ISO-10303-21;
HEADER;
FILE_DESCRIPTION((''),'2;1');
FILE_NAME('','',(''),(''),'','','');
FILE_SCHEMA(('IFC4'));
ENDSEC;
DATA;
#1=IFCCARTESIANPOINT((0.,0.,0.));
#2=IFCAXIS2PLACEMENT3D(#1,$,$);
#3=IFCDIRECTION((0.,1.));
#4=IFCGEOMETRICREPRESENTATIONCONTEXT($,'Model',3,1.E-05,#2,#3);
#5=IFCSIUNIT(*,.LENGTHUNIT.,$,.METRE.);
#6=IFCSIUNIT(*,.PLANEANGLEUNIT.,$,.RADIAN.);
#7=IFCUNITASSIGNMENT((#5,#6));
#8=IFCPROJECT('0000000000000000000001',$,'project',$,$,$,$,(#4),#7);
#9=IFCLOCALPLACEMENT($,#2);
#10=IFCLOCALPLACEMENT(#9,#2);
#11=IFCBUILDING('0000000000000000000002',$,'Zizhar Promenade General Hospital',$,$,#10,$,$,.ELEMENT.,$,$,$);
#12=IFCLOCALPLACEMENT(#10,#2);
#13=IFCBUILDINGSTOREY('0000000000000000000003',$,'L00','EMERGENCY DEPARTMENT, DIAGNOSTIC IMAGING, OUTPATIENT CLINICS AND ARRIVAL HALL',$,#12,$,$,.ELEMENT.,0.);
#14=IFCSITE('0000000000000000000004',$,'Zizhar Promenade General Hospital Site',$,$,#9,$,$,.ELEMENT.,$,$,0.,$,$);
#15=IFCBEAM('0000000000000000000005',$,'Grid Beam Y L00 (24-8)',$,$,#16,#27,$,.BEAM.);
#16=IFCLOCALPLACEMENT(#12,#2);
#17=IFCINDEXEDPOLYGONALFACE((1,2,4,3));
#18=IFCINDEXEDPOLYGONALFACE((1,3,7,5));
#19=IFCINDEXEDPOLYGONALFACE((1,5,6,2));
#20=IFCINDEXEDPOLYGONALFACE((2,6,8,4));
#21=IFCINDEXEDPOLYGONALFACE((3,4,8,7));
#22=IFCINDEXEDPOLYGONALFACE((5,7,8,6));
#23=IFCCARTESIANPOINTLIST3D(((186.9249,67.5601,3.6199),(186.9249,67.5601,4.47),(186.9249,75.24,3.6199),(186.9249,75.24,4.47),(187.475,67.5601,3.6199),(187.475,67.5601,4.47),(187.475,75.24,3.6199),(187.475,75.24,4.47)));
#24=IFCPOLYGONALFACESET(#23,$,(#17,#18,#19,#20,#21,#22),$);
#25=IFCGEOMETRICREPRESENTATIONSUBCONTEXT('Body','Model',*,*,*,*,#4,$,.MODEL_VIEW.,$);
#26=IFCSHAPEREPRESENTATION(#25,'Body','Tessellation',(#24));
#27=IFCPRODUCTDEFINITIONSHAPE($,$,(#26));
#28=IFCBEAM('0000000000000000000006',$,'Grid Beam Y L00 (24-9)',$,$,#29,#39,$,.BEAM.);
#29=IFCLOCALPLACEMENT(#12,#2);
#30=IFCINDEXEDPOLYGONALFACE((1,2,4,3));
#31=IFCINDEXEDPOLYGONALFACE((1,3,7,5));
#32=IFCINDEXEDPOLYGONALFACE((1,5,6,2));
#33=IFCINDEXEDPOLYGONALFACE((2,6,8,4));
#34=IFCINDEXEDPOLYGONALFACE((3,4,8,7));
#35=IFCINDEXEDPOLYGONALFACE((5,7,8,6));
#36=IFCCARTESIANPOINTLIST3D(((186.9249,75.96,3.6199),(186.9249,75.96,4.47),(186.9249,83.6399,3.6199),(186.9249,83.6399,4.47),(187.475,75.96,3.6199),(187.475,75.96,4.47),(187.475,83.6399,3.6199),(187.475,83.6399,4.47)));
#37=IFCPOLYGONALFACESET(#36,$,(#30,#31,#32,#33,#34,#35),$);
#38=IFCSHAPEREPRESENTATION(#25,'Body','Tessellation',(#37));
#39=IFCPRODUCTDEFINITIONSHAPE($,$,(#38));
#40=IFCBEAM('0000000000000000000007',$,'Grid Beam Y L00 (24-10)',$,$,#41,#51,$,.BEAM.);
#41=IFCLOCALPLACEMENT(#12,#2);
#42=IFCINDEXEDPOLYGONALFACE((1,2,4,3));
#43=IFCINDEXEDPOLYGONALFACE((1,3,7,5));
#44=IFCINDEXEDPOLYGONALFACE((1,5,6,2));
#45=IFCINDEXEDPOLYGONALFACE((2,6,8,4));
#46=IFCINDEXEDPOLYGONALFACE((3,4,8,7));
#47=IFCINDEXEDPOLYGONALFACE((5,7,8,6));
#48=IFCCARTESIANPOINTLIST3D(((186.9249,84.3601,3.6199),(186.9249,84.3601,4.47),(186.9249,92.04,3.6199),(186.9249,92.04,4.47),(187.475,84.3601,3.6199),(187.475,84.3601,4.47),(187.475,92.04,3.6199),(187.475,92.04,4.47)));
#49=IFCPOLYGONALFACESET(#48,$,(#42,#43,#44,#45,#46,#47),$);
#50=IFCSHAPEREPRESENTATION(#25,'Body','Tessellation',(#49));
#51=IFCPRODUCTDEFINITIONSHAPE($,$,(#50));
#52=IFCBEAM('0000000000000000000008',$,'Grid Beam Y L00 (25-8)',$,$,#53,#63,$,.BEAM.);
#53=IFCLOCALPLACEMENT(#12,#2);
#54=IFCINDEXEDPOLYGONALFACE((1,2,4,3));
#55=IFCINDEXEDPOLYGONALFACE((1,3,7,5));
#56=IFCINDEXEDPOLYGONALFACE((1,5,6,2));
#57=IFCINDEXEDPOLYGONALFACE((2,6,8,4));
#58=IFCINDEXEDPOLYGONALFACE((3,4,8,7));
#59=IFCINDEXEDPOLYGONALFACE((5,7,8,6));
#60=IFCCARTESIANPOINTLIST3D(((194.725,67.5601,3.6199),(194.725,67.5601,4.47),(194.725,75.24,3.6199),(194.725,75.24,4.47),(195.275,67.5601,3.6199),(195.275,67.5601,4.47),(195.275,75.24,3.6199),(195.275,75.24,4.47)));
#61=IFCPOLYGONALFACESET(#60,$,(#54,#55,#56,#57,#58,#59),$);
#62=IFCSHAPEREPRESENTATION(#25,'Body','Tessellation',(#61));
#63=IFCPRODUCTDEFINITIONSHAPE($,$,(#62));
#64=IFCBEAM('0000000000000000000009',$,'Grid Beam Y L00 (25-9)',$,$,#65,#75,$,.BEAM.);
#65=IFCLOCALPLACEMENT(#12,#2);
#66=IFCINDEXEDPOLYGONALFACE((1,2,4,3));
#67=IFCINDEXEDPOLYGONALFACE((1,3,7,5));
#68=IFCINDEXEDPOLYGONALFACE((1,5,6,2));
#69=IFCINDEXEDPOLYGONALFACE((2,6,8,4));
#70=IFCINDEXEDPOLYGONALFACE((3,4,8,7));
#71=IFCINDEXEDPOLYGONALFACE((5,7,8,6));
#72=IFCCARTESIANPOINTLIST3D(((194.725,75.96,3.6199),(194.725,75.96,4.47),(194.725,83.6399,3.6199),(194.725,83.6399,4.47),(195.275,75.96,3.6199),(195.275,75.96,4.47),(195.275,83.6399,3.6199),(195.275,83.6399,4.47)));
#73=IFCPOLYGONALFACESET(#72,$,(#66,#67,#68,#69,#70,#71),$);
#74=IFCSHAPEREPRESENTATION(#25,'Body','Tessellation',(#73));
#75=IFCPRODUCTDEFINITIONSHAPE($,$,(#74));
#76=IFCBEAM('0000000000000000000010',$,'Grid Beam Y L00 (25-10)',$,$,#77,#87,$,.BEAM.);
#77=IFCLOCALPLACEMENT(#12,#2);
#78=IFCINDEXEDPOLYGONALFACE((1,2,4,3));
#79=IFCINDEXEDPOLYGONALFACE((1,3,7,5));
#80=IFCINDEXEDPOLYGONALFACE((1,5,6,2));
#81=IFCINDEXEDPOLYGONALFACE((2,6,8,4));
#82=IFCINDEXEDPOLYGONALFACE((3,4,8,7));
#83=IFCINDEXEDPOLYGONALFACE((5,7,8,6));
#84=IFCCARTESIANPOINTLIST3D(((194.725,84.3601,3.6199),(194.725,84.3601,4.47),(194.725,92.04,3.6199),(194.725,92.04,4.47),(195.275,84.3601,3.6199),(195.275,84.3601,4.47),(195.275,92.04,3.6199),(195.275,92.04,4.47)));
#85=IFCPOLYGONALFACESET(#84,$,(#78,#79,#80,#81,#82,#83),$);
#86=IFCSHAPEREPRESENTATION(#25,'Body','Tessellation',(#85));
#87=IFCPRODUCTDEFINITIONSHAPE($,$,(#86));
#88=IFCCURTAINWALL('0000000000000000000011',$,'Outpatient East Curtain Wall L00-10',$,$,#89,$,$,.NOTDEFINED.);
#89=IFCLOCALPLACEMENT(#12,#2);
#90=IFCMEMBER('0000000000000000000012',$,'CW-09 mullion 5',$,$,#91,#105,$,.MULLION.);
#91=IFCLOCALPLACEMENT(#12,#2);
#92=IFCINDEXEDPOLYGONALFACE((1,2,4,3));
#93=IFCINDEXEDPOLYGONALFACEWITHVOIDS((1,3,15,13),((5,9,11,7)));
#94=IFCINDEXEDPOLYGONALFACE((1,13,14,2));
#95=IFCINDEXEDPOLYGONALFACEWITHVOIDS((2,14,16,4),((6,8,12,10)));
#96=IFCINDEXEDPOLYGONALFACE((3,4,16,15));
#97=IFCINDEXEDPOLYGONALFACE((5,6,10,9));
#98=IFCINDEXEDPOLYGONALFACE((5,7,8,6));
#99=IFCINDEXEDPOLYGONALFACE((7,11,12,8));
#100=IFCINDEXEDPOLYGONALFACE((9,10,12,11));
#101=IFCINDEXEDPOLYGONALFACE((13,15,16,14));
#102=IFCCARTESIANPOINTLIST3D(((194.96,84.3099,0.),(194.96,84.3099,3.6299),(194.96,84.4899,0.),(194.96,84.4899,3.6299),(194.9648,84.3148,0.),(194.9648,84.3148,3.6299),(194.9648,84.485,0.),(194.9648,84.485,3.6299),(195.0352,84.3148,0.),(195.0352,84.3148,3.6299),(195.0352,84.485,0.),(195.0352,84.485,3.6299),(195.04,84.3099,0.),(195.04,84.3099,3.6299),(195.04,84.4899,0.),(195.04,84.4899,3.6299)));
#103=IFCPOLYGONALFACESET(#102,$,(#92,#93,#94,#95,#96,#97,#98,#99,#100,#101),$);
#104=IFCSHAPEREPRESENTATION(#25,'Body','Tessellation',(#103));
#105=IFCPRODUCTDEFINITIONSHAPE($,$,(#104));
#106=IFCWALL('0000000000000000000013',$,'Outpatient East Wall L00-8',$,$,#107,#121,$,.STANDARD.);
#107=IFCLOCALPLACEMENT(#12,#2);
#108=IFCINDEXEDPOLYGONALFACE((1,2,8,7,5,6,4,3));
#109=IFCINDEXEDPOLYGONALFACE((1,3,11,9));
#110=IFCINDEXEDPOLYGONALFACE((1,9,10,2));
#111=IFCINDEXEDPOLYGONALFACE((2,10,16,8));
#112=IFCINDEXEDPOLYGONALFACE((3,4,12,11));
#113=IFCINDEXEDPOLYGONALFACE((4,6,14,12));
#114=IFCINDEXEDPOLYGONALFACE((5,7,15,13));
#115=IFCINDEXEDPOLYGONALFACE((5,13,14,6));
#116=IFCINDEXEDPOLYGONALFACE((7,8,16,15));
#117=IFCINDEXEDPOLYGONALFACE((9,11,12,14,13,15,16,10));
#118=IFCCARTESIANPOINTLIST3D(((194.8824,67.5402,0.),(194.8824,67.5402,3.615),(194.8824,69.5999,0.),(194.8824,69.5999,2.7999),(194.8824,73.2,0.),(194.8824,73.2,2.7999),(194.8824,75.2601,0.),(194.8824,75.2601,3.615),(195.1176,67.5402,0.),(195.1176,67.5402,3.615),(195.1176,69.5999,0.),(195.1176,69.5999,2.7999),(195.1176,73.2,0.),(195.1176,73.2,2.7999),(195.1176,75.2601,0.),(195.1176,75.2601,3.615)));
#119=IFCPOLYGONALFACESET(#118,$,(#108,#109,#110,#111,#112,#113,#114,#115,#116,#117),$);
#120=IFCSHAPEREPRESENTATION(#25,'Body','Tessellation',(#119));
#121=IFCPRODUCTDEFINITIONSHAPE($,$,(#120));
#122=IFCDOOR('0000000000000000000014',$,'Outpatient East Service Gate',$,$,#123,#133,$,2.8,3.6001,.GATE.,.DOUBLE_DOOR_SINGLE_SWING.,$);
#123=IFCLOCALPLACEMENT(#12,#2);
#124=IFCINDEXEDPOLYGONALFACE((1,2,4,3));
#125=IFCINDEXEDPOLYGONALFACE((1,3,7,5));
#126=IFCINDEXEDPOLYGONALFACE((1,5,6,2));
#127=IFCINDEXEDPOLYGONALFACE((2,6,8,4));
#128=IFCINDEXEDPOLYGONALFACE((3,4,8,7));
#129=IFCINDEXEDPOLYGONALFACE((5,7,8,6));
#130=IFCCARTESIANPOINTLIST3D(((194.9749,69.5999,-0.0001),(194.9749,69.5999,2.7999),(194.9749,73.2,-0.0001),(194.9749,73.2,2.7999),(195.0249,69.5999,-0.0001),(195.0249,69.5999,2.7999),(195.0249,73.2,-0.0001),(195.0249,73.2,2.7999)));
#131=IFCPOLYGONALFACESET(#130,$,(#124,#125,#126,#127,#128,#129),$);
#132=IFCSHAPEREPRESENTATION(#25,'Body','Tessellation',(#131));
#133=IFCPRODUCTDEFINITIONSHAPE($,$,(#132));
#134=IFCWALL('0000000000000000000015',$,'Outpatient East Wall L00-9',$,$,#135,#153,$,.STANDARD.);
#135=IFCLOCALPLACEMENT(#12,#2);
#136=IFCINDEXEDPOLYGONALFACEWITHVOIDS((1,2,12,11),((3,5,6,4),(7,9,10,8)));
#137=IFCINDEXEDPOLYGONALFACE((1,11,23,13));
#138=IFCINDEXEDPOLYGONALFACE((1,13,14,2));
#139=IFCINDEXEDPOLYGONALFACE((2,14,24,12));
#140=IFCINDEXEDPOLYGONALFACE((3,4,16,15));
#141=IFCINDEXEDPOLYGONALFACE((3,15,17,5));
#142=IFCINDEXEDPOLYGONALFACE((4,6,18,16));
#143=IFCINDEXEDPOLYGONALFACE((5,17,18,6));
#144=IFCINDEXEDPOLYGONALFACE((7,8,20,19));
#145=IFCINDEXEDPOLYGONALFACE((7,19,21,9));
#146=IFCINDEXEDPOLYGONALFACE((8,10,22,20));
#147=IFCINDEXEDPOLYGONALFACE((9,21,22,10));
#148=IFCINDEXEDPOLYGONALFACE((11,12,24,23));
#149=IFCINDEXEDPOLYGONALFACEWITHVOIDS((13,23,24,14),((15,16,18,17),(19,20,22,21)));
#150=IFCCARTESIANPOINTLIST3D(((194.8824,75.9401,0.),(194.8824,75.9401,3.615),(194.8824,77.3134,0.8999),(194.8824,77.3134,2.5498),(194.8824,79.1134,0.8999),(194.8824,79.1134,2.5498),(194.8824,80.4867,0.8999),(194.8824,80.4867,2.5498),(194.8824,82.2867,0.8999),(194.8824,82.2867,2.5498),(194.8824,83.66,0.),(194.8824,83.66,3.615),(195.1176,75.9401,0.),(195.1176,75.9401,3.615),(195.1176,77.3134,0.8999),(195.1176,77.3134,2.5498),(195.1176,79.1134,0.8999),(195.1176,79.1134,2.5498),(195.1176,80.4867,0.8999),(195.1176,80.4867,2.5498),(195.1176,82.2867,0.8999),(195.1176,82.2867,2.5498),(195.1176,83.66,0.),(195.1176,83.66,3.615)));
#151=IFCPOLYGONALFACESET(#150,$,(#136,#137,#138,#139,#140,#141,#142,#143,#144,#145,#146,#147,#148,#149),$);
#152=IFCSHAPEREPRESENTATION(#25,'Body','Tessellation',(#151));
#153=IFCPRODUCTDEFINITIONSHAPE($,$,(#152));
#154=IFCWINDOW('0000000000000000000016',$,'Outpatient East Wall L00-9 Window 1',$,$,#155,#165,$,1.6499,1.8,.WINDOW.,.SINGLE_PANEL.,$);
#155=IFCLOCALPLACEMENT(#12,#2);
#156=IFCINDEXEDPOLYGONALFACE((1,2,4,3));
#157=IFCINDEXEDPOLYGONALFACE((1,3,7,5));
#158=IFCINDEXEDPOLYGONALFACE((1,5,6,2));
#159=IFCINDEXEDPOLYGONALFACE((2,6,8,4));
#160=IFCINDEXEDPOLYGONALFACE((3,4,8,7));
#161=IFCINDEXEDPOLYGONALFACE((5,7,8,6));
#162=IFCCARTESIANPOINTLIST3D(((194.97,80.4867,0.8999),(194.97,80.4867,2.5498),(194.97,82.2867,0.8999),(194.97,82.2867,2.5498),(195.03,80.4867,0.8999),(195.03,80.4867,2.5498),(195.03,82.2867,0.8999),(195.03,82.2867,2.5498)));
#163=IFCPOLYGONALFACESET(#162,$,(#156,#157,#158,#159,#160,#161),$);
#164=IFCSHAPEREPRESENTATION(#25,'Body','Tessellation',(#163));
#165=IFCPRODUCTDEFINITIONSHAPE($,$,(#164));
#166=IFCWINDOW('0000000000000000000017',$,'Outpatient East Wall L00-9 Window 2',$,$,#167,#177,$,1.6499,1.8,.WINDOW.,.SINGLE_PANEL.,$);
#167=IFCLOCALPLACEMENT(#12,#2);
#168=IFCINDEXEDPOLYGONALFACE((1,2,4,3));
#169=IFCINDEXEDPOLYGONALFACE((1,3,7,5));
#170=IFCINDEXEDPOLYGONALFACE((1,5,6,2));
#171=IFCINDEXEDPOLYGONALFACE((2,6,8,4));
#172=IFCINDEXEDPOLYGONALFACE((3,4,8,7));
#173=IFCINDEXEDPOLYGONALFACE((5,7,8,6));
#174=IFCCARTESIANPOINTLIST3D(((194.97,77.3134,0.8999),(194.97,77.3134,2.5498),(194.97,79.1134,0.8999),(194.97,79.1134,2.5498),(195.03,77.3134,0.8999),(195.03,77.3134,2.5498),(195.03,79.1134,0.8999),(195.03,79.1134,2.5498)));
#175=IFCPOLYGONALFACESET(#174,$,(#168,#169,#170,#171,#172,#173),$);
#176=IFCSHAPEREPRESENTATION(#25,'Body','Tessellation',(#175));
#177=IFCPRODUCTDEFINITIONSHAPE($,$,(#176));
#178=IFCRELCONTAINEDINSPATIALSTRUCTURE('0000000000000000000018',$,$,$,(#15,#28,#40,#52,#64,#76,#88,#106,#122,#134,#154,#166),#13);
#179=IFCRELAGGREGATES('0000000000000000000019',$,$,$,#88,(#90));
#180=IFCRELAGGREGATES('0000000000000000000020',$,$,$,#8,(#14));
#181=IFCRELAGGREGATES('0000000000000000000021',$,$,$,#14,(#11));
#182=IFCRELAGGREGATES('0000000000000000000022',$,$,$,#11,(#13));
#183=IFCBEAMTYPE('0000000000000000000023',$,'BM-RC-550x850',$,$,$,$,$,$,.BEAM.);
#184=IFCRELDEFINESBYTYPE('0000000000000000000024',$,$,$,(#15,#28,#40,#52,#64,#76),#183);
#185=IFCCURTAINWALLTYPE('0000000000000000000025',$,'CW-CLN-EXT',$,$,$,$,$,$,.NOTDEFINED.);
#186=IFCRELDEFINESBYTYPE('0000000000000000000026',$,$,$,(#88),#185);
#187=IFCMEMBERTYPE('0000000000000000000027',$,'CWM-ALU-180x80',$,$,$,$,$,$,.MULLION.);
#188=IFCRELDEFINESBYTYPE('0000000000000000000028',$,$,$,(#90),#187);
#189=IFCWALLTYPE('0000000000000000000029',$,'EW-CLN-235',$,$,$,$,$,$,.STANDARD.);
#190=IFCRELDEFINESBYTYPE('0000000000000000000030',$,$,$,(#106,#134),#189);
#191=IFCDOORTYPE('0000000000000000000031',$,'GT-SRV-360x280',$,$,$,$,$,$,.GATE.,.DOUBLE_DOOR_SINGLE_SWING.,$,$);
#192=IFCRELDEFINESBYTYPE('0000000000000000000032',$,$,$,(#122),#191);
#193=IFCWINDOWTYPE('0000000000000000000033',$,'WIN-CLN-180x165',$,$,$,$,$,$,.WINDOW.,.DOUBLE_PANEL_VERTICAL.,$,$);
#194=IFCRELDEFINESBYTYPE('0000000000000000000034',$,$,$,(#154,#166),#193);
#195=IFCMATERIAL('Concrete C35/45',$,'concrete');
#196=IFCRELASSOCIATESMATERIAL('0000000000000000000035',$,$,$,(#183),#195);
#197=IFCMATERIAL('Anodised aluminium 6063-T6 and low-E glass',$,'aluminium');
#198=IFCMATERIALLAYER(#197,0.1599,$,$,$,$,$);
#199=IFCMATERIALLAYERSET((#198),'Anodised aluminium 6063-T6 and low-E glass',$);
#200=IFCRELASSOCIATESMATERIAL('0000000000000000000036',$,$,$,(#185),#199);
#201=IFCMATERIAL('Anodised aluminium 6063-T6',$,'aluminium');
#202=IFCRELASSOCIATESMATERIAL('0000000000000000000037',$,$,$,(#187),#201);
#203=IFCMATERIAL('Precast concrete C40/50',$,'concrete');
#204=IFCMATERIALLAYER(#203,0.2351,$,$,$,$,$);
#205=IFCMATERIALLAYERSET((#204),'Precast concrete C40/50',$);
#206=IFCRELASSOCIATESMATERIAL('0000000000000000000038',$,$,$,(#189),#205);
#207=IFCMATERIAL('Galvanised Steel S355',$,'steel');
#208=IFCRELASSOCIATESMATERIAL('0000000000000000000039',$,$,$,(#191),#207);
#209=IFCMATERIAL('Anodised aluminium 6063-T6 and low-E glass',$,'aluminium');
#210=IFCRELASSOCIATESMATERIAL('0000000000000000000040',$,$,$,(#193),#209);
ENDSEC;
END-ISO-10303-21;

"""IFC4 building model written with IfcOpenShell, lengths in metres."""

from ifc_helpers import new_model, si_unit, direction, frame, frame_2d, origin, origin_2d, place, context, subcontext, project, spatial, rectangle, hollow_rectangle, extrude, material, layer, layer_set, material_profile, profile_set, type_object, element, fill, aggregate, save


model = new_model("IFC4")

# Units and contexts
model_context = context("Model", 3, precision=1e-05, world=origin(), true_north=direction((0.0, 1.0)))
body_context = subcontext(model_context, "Body", "Model", "MODEL_VIEW")
ifc_project = project(units=[si_unit("LENGTHUNIT", "METRE"), si_unit("PLANEANGLEUNIT", "RADIAN")], contexts=[model_context])

# Site, building, storey
site_placement = place(None, origin())
site = spatial("IfcSite", under=ifc_project, at=site_placement, Name="Zizhar Promenade General Hospital Site", CompositionType="ELEMENT", RefElevation=0.0)
building_placement = place(site_placement, origin())
building = spatial("IfcBuilding", under=site, at=building_placement, Name="Zizhar Promenade General Hospital", CompositionType="ELEMENT")
storey_placement = place(building_placement, origin())
storey = spatial("IfcBuildingStorey", under=building, at=storey_placement, Name="L00", Description="EMERGENCY DEPARTMENT, DIAGNOSTIC IMAGING, OUTPATIENT CLINICS AND ARRIVAL HALL", CompositionType="ELEMENT", Elevation=0.0)

# Beams
ifc_material_1 = material(Name="Concrete C35/45", Category="concrete")
ifc_material_profile_1 = material_profile(ifc_material_1, rectangle(XDim=0.55, YDim=0.8501, at=origin_2d()))
ifc_profile_set_1 = profile_set([ifc_material_profile_1], Name="Concrete C35/45")
beam_type_1 = type_object("IfcBeamType", Name="BM-RC-550x850", PredefinedType="BEAM", material=ifc_profile_set_1)
for number, where, z_axis, x_axis, name in (
    (1, (187.2, 67.5601, 4.0449), (0.0, 1.0, 0.0), (-1.0, 0.0, 0.0), "Grid Beam Y L00 (24-8)"),
    (2, (187.2, 75.96, 4.0449), (0.0, 1.0, 0.0), (-1.0, 0.0, 0.0), "Grid Beam Y L00 (24-9)"),
    (3, (187.2, 84.3601, 4.0449), (0.0, 1.0, 0.0), (-1.0, 0.0, 0.0), "Grid Beam Y L00 (24-10)"),
    (4, (195.0, 67.5601, 4.0449), (0.0, 1.0, 0.0), (-1.0, 0.0, 0.0), "Grid Beam Y L00 (25-8)"),
    (5, (195.0, 75.96, 4.0449), (0.0, 1.0, 0.0), (-1.0, 0.0, 0.0), "Grid Beam Y L00 (25-9)"),
    (6, (195.0, 84.3601, 4.0449), (0.0, 1.0, 0.0), (-1.0, 0.0, 0.0), "Grid Beam Y L00 (25-10)"),
):
    element("IfcBeam", number, at=place(storey_placement, frame(where, z_axis=z_axis, x_axis=x_axis)), inside=storey, type_object=beam_type_1, Name=name, PredefinedType="BEAM", context=body_context, shape_type="SweptSolid", body=[
        extrude(rectangle(XDim=0.55, YDim=0.8501, at=origin_2d()), origin(), (0.0, 0.0, 1.0), 7.6799),
    ])

# Curtain wall, member
ifc_material_2 = material(Name="Anodised aluminium 6063-T6 and low-E glass", Category="aluminium")
ifc_layer_1 = layer(ifc_material_2, 0.1599)
ifc_layer_set_1 = layer_set([ifc_layer_1], Name="Anodised aluminium 6063-T6 and low-E glass")
curtain_wall_type = type_object("IfcCurtainWallType", Name="CW-CLN-EXT", PredefinedType="NOTDEFINED", material=ifc_layer_set_1)
curtain_wall_placement = place(storey_placement, origin())
curtain_wall = element("IfcCurtainWall", 7, at=curtain_wall_placement, inside=storey, type_object=curtain_wall_type, Name="Outpatient East Curtain Wall L00-10", PredefinedType="NOTDEFINED")
ifc_material_3 = material(Name="Anodised aluminium 6063-T6", Category="aluminium")
ifc_material_profile_2 = material_profile(ifc_material_3, hollow_rectangle(XDim=0.0801, YDim=0.1799, WallThickness=0.0049, at=origin_2d()))
ifc_profile_set_2 = profile_set([ifc_material_profile_2], Name="Anodised aluminium 6063-T6")
member_type = type_object("IfcMemberType", Name="CWM-ALU-180x80", PredefinedType="MULLION", material=ifc_profile_set_2)
member_placement = place(storey_placement, frame((195.0, 84.3999, 0.0), z_axis=(0.0, 0.0, 1.0), x_axis=(1.0, 0.0, 0.0)))
member = element("IfcMember", 8, at=member_placement, type_object=member_type, Name="CW-09 mullion 5", PredefinedType="MULLION", context=body_context, shape_type="SweptSolid", body=[
    extrude(hollow_rectangle(XDim=0.0801, YDim=0.1799, WallThickness=0.0049, at=origin_2d()), origin(), (0.0, 0.0, 1.0), 3.6299),
])
aggregate(curtain_wall, [member])

# Wall, opening, door
ifc_material_4 = material(Name="Precast concrete C40/50", Category="concrete")
ifc_layer_2 = layer(ifc_material_4, 0.2351)
ifc_layer_set_2 = layer_set([ifc_layer_2], Name="Precast concrete C40/50")
wall_type_1 = type_object("IfcWallType", Name="EW-CLN-235", PredefinedType="STANDARD", material=ifc_layer_set_2)
wall_1_placement = place(storey_placement, frame((195.0, 75.26, 0.0), z_axis=(0.0, 0.0, 1.0), x_axis=(0.0, -1.0, 0.0)))
wall_1 = element("IfcWall", 9, at=wall_1_placement, inside=storey, type_object=wall_type_1, Name="Outpatient East Wall L00-8", PredefinedType="STANDARD", context=body_context, shape_type="SweptSolid", body=[
    extrude(rectangle(XDim=7.72, YDim=0.2351, at=frame_2d((3.8599, 0.0))), origin(), (0.0, 0.0, 1.0), 3.615),
])
opening_1_placement = place(wall_1_placement, frame((2.0601, 0.0, 0.0)))
opening_1 = element("IfcOpeningElement", 10, at=opening_1_placement, cuts=wall_1, PredefinedType="OPENING", context=body_context, shape_type="SweptSolid", body=[
    extrude(rectangle(XDim=3.6001, YDim=2.8, at=frame_2d((1.8, 1.3999))), frame((0.0, 0.1274, 0.0), z_axis=(0.0, -1.0, 0.0), x_axis=(1.0, 0.0, 0.0)), (0.0, 0.0, 1.0), 0.2551),
])
ifc_material_5 = material(Name="Galvanised Steel S355", Category="steel")
door_type_1 = type_object("IfcDoorType", Name="GT-SRV-360x280", OperationType="DOUBLE_DOOR_SINGLE_SWING", PredefinedType="GATE", material=ifc_material_5)
door_1_placement = place(opening_1_placement, origin())
door_1 = element("IfcDoor", 11, at=door_1_placement, inside=storey, type_object=door_type_1, Name="Outpatient East Service Gate", OperationType="DOUBLE_DOOR_SINGLE_SWING", OverallHeight=2.8, OverallWidth=3.6001, PredefinedType="GATE", context=body_context, shape_type="SweptSolid", body=[
    extrude(rectangle(XDim=3.6001, YDim=2.8, at=frame_2d((1.8, 1.3999))), frame((0.0, 0.0249, 0.0), z_axis=(0.0, -1.0, 0.0), x_axis=(1.0, 0.0, 0.0)), (0.0, 0.0, 1.0), 0.05),
])
fill(opening_1, door_1)

# Wall, openings, windows
wall_2_placement = place(storey_placement, frame((195.0, 83.6599, 0.0), z_axis=(0.0, 0.0, 1.0), x_axis=(0.0, -1.0, 0.0)))
wall_2 = element("IfcWall", 12, at=wall_2_placement, inside=storey, type_object=wall_type_1, Name="Outpatient East Wall L00-9", PredefinedType="STANDARD", context=body_context, shape_type="SweptSolid", body=[
    extrude(rectangle(XDim=7.72, YDim=0.2351, at=frame_2d((3.8599, 0.0))), origin(), (0.0, 0.0, 1.0), 3.615),
])
opening_2_placement = place(wall_2_placement, frame((1.3733, 0.0, 0.8999)))
opening_2 = element("IfcOpeningElement", 13, at=opening_2_placement, cuts=wall_2, PredefinedType="OPENING", context=body_context, shape_type="SweptSolid", body=[
    extrude(rectangle(XDim=1.8, YDim=1.6499, at=frame_2d((0.8999, 0.825))), frame((0.0, 0.1274, 0.0), z_axis=(0.0, -1.0, 0.0), x_axis=(1.0, 0.0, 0.0)), (0.0, 0.0, 1.0), 0.2551),
])
opening_3_placement = place(wall_2_placement, frame((4.5466, 0.0, 0.8999)))
opening_3 = element("IfcOpeningElement", 14, at=opening_3_placement, cuts=wall_2, PredefinedType="OPENING", context=body_context, shape_type="SweptSolid", body=[
    extrude(rectangle(XDim=1.8, YDim=1.6499, at=frame_2d((0.8999, 0.825))), frame((0.0, 0.1274, 0.0), z_axis=(0.0, -1.0, 0.0), x_axis=(1.0, 0.0, 0.0)), (0.0, 0.0, 1.0), 0.2551),
])
ifc_material_6 = material(Name="Anodised aluminium 6063-T6 and low-E glass", Category="aluminium")
window_type = type_object("IfcWindowType", Name="WIN-CLN-180x165", PartitioningType="DOUBLE_PANEL_VERTICAL", PredefinedType="WINDOW", material=ifc_material_6)
window_1_placement = place(opening_2_placement, origin())
window_1 = element("IfcWindow", 15, at=window_1_placement, inside=storey, type_object=window_type, Name="Outpatient East Wall L00-9 Window 1", OverallHeight=1.6499, OverallWidth=1.8, PartitioningType="SINGLE_PANEL", PredefinedType="WINDOW", context=body_context, shape_type="SweptSolid", body=[
    extrude(rectangle(XDim=1.8, YDim=1.6499, at=frame_2d((0.8999, 0.825))), frame((0.0, 0.03, 0.0), z_axis=(0.0, -1.0, 0.0), x_axis=(1.0, 0.0, 0.0)), (0.0, 0.0, 1.0), 0.0601),
])
fill(opening_2, window_1)
window_2_placement = place(opening_3_placement, origin())
window_2 = element("IfcWindow", 16, at=window_2_placement, inside=storey, type_object=window_type, Name="Outpatient East Wall L00-9 Window 2", OverallHeight=1.6499, OverallWidth=1.8, PartitioningType="SINGLE_PANEL", PredefinedType="WINDOW", context=body_context, shape_type="SweptSolid", body=[
    extrude(rectangle(XDim=1.8, YDim=1.6499, at=frame_2d((0.8999, 0.825))), frame((0.0, 0.03, 0.0), z_axis=(0.0, -1.0, 0.0), x_axis=(1.0, 0.0, 0.0)), (0.0, 0.0, 1.0), 0.0601),
])
fill(opening_3, window_2)

save(model, "model.ifc")
